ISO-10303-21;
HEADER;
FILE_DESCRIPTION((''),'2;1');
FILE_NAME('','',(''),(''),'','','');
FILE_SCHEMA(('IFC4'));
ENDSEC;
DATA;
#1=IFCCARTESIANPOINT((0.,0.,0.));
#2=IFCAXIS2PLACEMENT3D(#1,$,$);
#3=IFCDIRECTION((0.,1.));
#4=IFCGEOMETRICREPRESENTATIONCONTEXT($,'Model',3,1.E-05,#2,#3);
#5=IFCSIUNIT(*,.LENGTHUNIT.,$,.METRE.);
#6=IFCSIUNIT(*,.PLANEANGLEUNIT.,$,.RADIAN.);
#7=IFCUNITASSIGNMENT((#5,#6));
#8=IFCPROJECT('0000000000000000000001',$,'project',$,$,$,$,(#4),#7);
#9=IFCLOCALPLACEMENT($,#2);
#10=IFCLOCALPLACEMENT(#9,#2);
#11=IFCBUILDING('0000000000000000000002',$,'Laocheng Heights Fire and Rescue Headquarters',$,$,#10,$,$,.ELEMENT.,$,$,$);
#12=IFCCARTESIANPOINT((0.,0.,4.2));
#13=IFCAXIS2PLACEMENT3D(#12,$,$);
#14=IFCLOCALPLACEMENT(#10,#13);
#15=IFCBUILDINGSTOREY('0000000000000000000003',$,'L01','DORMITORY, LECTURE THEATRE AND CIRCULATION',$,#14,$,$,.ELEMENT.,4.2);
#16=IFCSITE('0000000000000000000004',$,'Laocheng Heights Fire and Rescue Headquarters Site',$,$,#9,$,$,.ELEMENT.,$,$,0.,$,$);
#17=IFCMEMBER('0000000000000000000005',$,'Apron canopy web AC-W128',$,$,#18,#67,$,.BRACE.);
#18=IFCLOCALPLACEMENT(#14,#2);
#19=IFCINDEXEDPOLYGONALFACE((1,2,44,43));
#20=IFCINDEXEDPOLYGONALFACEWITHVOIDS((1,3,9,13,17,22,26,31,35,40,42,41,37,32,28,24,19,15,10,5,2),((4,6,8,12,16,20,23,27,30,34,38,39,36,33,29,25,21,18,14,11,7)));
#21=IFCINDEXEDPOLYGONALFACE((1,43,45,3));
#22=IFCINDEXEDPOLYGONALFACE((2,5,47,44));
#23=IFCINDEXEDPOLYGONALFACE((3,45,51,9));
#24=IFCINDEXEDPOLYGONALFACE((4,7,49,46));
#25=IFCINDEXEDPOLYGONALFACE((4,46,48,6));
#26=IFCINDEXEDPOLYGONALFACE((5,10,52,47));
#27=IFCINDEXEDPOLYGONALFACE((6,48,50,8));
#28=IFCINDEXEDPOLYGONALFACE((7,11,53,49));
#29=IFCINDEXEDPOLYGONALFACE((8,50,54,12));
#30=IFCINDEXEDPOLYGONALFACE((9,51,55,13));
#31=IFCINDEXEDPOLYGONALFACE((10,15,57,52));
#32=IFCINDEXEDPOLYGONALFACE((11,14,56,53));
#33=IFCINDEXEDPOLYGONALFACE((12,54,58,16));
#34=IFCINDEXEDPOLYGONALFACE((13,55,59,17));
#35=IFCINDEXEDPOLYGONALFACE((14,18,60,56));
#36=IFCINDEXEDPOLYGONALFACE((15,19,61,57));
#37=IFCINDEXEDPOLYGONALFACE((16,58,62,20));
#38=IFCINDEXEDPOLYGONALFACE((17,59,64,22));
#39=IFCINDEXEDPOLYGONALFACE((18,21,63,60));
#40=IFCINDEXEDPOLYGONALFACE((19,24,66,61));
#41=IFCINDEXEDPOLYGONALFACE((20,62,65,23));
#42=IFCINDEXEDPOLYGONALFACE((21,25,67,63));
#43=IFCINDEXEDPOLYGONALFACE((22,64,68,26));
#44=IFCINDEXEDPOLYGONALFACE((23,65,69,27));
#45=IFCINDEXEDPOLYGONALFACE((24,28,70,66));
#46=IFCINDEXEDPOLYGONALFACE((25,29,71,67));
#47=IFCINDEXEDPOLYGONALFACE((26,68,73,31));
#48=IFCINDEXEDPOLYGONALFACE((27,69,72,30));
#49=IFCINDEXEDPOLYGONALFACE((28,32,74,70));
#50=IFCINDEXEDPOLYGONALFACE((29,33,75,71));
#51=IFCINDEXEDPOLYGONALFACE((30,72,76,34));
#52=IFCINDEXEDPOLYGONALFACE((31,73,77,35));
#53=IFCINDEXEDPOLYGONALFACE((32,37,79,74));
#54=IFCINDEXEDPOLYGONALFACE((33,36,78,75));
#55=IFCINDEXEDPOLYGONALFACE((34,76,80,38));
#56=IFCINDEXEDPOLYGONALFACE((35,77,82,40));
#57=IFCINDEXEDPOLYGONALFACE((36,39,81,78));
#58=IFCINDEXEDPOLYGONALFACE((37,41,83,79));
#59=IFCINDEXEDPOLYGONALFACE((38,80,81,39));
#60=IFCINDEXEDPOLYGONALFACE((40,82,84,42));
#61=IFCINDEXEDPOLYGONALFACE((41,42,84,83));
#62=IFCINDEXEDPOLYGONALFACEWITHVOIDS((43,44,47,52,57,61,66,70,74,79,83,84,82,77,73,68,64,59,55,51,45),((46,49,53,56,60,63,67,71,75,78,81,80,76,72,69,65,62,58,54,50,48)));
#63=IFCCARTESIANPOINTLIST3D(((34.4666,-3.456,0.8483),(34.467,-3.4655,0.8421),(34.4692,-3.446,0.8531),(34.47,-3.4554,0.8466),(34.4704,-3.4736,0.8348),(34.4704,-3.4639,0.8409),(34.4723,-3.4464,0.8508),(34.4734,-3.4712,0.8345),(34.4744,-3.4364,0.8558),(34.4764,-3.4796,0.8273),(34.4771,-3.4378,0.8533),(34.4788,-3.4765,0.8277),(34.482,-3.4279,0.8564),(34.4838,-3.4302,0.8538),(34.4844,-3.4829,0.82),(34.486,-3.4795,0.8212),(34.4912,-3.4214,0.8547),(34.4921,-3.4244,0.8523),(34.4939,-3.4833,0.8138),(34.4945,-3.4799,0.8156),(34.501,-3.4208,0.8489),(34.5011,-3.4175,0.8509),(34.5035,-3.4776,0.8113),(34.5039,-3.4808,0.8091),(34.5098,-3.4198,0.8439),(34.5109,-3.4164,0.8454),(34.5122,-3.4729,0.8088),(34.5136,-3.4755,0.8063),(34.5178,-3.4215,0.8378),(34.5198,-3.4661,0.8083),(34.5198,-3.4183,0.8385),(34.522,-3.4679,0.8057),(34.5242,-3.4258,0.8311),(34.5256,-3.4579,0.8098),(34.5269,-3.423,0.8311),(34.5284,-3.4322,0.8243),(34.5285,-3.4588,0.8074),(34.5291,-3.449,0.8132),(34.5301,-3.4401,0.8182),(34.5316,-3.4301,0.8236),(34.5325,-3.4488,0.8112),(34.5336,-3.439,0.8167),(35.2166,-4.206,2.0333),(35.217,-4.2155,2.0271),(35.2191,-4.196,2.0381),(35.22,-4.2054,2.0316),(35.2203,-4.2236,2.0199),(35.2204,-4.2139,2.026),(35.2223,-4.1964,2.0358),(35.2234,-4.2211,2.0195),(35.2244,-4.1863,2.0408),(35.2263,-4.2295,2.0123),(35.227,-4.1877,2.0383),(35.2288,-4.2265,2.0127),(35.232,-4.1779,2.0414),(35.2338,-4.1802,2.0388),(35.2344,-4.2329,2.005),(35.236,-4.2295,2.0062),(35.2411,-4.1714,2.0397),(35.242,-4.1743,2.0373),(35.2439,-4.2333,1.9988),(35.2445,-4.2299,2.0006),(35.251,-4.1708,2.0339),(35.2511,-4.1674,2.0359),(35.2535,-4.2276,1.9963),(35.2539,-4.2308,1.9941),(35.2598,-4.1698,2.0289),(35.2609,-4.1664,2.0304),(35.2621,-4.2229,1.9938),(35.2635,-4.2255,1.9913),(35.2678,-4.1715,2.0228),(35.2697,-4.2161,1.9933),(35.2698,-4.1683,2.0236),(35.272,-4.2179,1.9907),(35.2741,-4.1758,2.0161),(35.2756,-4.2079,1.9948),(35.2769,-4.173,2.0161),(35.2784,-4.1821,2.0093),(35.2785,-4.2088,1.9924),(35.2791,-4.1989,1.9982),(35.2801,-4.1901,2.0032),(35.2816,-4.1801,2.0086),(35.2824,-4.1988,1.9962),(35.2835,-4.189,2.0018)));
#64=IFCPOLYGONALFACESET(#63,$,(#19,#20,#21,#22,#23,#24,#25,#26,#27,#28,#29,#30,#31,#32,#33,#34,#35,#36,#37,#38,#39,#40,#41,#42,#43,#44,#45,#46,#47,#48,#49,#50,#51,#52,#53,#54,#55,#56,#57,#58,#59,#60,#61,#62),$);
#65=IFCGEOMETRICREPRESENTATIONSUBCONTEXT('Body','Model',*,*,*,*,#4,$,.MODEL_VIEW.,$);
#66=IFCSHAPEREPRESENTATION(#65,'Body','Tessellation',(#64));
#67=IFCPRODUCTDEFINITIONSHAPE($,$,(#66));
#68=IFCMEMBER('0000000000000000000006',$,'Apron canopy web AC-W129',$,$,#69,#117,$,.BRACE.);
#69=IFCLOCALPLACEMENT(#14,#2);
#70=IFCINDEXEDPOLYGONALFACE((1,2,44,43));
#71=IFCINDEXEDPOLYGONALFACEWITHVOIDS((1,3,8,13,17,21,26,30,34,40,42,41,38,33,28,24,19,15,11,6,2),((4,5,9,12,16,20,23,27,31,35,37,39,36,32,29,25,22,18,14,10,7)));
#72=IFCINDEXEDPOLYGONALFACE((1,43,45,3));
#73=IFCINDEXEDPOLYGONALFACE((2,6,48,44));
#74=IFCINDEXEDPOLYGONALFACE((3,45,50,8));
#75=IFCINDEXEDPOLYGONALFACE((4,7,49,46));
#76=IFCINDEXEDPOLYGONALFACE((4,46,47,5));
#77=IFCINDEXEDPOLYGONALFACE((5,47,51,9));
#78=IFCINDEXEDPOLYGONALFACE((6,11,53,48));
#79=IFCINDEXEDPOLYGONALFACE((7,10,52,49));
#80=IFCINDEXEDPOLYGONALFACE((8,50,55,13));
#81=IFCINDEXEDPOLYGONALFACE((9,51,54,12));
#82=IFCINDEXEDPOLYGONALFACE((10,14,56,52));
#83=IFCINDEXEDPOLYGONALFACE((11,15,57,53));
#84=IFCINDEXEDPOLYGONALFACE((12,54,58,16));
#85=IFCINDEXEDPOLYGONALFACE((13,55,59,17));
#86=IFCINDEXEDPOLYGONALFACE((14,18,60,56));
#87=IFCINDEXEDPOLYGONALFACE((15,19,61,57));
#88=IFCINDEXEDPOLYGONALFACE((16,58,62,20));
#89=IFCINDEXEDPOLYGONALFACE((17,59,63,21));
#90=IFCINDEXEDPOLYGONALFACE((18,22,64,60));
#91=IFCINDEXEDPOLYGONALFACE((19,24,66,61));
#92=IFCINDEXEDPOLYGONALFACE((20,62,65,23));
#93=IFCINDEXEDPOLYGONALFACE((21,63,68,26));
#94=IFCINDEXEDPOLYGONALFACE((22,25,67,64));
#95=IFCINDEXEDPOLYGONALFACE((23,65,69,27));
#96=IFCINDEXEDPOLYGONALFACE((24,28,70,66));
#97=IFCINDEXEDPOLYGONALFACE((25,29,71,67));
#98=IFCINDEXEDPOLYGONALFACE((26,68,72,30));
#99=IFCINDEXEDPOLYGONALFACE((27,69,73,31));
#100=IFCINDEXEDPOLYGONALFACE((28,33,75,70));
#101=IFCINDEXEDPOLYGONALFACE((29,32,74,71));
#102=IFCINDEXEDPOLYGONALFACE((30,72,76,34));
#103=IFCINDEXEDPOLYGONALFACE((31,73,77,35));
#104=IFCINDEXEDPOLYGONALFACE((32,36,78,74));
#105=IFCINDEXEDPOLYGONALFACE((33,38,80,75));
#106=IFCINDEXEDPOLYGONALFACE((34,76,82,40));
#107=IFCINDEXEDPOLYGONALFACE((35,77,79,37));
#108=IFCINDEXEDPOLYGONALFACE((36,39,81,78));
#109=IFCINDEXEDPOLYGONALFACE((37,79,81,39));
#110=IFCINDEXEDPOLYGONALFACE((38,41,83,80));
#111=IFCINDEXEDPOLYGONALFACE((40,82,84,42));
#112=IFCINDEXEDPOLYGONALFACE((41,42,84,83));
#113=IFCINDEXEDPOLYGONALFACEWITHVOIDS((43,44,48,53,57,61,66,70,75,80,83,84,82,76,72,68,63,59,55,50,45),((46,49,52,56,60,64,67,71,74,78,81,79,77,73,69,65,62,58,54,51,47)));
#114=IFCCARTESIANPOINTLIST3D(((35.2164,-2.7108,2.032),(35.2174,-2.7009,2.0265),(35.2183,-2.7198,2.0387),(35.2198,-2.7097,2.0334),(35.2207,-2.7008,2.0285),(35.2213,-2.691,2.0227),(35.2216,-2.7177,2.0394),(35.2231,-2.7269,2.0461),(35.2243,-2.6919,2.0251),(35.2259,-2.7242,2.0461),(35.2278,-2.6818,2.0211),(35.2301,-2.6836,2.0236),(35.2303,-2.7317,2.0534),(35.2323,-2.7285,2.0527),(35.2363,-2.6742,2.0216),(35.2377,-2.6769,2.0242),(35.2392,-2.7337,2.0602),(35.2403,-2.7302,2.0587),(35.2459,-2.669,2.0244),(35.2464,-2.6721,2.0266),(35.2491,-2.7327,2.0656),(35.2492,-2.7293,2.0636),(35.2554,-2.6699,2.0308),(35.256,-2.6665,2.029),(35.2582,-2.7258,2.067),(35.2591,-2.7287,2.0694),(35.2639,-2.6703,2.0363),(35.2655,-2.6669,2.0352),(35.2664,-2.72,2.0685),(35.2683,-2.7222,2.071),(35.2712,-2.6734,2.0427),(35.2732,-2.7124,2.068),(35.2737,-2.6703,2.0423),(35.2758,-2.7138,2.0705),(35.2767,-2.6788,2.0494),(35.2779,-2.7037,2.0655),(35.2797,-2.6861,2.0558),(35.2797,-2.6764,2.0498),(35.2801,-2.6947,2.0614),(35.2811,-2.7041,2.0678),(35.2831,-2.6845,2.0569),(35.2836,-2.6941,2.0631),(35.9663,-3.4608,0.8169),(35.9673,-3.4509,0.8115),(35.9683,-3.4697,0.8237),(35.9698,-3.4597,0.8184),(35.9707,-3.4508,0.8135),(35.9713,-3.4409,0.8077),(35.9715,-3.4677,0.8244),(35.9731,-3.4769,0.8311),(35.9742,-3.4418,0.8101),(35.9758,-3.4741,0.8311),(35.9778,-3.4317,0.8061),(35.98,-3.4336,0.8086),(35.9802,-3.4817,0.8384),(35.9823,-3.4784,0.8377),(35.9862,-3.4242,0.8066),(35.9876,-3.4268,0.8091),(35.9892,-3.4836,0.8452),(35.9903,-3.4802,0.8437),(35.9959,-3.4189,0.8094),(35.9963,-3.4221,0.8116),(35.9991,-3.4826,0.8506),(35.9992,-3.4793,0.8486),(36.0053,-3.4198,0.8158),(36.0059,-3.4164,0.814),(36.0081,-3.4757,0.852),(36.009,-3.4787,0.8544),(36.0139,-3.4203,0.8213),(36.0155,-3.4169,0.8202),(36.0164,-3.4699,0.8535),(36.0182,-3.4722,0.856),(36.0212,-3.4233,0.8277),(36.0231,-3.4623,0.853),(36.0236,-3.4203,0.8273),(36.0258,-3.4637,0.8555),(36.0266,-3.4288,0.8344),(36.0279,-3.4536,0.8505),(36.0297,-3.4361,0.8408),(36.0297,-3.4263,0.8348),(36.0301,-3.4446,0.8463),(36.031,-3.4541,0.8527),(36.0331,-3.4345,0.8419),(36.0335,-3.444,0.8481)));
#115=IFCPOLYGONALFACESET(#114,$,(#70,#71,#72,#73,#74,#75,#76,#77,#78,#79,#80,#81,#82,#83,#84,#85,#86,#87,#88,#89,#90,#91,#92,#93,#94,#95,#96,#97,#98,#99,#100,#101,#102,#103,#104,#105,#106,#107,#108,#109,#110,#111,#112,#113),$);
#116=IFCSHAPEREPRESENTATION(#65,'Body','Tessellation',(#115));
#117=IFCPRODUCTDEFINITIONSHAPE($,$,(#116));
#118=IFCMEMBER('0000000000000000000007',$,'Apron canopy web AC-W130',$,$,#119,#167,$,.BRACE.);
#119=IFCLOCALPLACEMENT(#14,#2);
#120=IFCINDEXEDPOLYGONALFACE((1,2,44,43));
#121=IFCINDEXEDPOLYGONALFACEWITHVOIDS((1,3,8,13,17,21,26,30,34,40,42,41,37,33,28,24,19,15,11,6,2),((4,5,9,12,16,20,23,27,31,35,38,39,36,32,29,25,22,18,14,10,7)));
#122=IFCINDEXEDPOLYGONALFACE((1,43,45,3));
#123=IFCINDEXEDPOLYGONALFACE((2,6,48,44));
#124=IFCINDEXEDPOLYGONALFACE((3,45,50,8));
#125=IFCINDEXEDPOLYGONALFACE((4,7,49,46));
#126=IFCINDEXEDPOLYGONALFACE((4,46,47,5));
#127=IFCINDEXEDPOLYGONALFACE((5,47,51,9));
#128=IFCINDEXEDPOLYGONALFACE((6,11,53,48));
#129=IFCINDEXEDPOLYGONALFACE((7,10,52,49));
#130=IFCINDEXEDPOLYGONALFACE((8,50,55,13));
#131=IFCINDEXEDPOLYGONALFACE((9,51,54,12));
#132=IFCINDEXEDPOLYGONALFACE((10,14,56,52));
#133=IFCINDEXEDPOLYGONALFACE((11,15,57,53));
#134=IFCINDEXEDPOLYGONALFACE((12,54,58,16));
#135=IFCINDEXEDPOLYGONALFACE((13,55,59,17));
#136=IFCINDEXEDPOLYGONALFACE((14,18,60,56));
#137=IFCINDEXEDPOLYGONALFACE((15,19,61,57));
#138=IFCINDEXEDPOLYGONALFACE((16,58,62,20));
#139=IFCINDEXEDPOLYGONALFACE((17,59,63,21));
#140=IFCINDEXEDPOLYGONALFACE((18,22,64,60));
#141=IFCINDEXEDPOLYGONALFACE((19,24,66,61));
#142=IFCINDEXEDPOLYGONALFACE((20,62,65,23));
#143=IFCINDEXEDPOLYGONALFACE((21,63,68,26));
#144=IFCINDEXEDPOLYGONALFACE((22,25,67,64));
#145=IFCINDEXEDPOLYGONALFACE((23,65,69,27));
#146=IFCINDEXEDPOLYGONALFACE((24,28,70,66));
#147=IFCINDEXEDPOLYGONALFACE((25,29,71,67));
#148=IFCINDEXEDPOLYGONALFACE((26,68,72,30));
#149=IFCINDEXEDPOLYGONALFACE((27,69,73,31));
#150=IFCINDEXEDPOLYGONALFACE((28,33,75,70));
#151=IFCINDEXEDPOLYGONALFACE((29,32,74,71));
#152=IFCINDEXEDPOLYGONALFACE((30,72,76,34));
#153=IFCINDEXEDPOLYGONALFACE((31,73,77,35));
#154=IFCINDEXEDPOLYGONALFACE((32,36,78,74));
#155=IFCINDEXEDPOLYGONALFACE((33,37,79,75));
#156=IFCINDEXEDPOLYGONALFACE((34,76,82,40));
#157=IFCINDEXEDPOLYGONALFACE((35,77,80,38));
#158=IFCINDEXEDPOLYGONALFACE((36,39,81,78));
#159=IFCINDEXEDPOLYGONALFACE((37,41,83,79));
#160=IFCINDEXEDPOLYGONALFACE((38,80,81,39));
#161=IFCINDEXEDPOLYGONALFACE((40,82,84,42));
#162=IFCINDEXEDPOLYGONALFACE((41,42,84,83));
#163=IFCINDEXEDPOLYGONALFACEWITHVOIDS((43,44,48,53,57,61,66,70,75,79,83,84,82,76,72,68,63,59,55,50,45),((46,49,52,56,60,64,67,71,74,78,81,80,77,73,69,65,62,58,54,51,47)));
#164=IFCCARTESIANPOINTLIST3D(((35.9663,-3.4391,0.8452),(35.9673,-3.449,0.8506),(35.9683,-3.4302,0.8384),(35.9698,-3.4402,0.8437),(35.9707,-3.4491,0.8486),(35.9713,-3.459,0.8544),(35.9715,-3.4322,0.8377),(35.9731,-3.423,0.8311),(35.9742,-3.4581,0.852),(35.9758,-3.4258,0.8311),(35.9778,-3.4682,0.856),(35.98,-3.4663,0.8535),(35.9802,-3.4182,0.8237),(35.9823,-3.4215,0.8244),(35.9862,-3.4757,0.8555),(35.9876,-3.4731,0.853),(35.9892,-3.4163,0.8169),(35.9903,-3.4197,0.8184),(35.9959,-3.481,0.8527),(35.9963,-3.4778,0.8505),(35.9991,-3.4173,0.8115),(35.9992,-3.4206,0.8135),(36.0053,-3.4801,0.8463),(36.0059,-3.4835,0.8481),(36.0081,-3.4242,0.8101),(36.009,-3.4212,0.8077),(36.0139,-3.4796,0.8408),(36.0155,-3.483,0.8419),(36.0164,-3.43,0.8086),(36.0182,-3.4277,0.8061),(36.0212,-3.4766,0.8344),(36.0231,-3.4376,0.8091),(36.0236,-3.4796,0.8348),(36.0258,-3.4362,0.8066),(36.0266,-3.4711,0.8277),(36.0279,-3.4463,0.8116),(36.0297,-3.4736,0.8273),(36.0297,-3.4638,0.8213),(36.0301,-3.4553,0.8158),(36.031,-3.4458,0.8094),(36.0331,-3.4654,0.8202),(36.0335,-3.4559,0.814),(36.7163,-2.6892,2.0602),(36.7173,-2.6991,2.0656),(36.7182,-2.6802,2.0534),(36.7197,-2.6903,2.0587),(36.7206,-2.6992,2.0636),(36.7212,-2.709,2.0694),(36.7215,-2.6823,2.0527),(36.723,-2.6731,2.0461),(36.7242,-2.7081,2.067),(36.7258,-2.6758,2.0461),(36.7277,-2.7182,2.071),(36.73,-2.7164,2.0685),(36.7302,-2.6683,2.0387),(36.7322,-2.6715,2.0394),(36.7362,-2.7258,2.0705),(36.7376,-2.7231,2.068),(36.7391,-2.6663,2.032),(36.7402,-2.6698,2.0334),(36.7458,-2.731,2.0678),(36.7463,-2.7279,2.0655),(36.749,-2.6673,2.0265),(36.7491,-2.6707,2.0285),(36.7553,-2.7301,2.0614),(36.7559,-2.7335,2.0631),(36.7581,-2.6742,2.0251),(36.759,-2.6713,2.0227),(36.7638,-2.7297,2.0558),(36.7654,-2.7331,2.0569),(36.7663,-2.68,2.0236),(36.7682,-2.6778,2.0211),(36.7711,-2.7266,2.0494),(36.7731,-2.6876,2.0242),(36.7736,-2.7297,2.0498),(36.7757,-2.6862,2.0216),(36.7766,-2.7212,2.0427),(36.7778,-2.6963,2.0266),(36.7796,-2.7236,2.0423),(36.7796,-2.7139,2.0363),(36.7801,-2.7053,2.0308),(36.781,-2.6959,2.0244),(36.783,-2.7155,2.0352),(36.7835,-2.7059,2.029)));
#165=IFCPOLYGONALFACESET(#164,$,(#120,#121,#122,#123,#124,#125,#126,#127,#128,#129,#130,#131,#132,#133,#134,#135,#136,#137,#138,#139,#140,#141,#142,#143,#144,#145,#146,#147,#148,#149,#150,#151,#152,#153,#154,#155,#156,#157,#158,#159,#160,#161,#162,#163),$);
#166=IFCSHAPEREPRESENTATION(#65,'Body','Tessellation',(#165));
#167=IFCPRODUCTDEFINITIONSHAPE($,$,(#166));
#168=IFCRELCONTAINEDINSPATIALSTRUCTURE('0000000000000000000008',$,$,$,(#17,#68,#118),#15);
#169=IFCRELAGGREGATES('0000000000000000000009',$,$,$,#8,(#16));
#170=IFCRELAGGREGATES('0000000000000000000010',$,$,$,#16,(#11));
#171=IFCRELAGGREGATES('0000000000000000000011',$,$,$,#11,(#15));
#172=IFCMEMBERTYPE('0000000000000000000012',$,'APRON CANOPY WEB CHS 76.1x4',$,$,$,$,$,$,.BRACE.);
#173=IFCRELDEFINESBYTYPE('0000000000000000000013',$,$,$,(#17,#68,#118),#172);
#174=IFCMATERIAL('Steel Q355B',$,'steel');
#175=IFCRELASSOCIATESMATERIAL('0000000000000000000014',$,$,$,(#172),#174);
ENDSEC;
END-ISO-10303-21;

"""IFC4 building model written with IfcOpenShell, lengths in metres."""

from ifc_helpers import new_model, si_unit, direction, frame, origin, origin_2d, place, context, subcontext, project, spatial, hollow_circle, extrude, material, material_profile, profile_set, type_object, element, save


model = new_model("IFC4")

# Units and contexts
model_context = context("Model", 3, precision=1e-05, world=origin(), true_north=direction((0.0, 1.0)))
body_context = subcontext(model_context, "Body", "Model", "MODEL_VIEW")
ifc_project = project(units=[si_unit("LENGTHUNIT", "METRE"), si_unit("PLANEANGLEUNIT", "RADIAN")], contexts=[model_context])

# Site, building, storey
site_placement = place(None, origin())
site = spatial("IfcSite", under=ifc_project, at=site_placement, Name="Laocheng Heights Fire and Rescue Headquarters Site", CompositionType="ELEMENT", RefElevation=0.0)
building_placement = place(site_placement, origin())
building = spatial("IfcBuilding", under=site, at=building_placement, Name="Laocheng Heights Fire and Rescue Headquarters", CompositionType="ELEMENT")
storey_placement = place(building_placement, frame((0.0, 0.0, 4.2)))
storey = spatial("IfcBuildingStorey", under=building, at=storey_placement, Name="L01", Description="DORMITORY, LECTURE THEATRE AND CIRCULATION", CompositionType="ELEMENT", Elevation=4.2)

# Members
ifc_material_1 = material(Name="Steel Q355B", Category="steel")
ifc_material_profile_1 = material_profile(ifc_material_1, hollow_circle(Radius=0.0381, WallThickness=0.0039, at=origin_2d()), Name="CHS 76.1x4")
ifc_profile_set_1 = profile_set([ifc_material_profile_1], Name="Steel Q355B")
member_type_1 = type_object("IfcMemberType", Name="APRON CANOPY WEB CHS 76.1x4", PredefinedType="BRACE", material=ifc_profile_set_1)
for number, where, z_axis, x_axis, name in (
    (1, (34.5, -3.45, 0.8311), (0.47158, -0.47158, 0.745134), (0.707107, 0.707107, 0.0), "Apron canopy web AC-W128"),
):
    element("IfcMember", number, at=place(storey_placement, frame(where, z_axis=z_axis, x_axis=x_axis)), inside=storey, type_object=member_type_1, Name=name, PredefinedType="BRACE", context=body_context, shape_type="SweptSolid", body=[
        extrude(hollow_circle(Radius=0.0381, WallThickness=0.0039, at=origin_2d()), origin(), (0.0, 0.0, 1.0), 1.5903),
    ])
for number, where, z_axis, x_axis, name in (
    (2, (36.0, -3.45, 0.8311), (-0.465002, 0.465002, 0.753357), (-0.707107, -0.707107, 0.0), "Apron canopy web AC-W129"),
    (3, (36.0, -3.45, 0.8311), (0.465002, 0.465002, 0.753357), (-0.707107, 0.707107, 0.0), "Apron canopy web AC-W130"),
):
    element("IfcMember", number, at=place(storey_placement, frame(where, z_axis=z_axis, x_axis=x_axis)), inside=storey, type_object=member_type_1, Name=name, PredefinedType="BRACE", context=body_context, shape_type="SweptSolid", body=[
        extrude(hollow_circle(Radius=0.0381, WallThickness=0.0039, at=origin_2d()), origin(), (0.0, 0.0, 1.0), 1.6128),
    ])

save(model, "model.ifc")
